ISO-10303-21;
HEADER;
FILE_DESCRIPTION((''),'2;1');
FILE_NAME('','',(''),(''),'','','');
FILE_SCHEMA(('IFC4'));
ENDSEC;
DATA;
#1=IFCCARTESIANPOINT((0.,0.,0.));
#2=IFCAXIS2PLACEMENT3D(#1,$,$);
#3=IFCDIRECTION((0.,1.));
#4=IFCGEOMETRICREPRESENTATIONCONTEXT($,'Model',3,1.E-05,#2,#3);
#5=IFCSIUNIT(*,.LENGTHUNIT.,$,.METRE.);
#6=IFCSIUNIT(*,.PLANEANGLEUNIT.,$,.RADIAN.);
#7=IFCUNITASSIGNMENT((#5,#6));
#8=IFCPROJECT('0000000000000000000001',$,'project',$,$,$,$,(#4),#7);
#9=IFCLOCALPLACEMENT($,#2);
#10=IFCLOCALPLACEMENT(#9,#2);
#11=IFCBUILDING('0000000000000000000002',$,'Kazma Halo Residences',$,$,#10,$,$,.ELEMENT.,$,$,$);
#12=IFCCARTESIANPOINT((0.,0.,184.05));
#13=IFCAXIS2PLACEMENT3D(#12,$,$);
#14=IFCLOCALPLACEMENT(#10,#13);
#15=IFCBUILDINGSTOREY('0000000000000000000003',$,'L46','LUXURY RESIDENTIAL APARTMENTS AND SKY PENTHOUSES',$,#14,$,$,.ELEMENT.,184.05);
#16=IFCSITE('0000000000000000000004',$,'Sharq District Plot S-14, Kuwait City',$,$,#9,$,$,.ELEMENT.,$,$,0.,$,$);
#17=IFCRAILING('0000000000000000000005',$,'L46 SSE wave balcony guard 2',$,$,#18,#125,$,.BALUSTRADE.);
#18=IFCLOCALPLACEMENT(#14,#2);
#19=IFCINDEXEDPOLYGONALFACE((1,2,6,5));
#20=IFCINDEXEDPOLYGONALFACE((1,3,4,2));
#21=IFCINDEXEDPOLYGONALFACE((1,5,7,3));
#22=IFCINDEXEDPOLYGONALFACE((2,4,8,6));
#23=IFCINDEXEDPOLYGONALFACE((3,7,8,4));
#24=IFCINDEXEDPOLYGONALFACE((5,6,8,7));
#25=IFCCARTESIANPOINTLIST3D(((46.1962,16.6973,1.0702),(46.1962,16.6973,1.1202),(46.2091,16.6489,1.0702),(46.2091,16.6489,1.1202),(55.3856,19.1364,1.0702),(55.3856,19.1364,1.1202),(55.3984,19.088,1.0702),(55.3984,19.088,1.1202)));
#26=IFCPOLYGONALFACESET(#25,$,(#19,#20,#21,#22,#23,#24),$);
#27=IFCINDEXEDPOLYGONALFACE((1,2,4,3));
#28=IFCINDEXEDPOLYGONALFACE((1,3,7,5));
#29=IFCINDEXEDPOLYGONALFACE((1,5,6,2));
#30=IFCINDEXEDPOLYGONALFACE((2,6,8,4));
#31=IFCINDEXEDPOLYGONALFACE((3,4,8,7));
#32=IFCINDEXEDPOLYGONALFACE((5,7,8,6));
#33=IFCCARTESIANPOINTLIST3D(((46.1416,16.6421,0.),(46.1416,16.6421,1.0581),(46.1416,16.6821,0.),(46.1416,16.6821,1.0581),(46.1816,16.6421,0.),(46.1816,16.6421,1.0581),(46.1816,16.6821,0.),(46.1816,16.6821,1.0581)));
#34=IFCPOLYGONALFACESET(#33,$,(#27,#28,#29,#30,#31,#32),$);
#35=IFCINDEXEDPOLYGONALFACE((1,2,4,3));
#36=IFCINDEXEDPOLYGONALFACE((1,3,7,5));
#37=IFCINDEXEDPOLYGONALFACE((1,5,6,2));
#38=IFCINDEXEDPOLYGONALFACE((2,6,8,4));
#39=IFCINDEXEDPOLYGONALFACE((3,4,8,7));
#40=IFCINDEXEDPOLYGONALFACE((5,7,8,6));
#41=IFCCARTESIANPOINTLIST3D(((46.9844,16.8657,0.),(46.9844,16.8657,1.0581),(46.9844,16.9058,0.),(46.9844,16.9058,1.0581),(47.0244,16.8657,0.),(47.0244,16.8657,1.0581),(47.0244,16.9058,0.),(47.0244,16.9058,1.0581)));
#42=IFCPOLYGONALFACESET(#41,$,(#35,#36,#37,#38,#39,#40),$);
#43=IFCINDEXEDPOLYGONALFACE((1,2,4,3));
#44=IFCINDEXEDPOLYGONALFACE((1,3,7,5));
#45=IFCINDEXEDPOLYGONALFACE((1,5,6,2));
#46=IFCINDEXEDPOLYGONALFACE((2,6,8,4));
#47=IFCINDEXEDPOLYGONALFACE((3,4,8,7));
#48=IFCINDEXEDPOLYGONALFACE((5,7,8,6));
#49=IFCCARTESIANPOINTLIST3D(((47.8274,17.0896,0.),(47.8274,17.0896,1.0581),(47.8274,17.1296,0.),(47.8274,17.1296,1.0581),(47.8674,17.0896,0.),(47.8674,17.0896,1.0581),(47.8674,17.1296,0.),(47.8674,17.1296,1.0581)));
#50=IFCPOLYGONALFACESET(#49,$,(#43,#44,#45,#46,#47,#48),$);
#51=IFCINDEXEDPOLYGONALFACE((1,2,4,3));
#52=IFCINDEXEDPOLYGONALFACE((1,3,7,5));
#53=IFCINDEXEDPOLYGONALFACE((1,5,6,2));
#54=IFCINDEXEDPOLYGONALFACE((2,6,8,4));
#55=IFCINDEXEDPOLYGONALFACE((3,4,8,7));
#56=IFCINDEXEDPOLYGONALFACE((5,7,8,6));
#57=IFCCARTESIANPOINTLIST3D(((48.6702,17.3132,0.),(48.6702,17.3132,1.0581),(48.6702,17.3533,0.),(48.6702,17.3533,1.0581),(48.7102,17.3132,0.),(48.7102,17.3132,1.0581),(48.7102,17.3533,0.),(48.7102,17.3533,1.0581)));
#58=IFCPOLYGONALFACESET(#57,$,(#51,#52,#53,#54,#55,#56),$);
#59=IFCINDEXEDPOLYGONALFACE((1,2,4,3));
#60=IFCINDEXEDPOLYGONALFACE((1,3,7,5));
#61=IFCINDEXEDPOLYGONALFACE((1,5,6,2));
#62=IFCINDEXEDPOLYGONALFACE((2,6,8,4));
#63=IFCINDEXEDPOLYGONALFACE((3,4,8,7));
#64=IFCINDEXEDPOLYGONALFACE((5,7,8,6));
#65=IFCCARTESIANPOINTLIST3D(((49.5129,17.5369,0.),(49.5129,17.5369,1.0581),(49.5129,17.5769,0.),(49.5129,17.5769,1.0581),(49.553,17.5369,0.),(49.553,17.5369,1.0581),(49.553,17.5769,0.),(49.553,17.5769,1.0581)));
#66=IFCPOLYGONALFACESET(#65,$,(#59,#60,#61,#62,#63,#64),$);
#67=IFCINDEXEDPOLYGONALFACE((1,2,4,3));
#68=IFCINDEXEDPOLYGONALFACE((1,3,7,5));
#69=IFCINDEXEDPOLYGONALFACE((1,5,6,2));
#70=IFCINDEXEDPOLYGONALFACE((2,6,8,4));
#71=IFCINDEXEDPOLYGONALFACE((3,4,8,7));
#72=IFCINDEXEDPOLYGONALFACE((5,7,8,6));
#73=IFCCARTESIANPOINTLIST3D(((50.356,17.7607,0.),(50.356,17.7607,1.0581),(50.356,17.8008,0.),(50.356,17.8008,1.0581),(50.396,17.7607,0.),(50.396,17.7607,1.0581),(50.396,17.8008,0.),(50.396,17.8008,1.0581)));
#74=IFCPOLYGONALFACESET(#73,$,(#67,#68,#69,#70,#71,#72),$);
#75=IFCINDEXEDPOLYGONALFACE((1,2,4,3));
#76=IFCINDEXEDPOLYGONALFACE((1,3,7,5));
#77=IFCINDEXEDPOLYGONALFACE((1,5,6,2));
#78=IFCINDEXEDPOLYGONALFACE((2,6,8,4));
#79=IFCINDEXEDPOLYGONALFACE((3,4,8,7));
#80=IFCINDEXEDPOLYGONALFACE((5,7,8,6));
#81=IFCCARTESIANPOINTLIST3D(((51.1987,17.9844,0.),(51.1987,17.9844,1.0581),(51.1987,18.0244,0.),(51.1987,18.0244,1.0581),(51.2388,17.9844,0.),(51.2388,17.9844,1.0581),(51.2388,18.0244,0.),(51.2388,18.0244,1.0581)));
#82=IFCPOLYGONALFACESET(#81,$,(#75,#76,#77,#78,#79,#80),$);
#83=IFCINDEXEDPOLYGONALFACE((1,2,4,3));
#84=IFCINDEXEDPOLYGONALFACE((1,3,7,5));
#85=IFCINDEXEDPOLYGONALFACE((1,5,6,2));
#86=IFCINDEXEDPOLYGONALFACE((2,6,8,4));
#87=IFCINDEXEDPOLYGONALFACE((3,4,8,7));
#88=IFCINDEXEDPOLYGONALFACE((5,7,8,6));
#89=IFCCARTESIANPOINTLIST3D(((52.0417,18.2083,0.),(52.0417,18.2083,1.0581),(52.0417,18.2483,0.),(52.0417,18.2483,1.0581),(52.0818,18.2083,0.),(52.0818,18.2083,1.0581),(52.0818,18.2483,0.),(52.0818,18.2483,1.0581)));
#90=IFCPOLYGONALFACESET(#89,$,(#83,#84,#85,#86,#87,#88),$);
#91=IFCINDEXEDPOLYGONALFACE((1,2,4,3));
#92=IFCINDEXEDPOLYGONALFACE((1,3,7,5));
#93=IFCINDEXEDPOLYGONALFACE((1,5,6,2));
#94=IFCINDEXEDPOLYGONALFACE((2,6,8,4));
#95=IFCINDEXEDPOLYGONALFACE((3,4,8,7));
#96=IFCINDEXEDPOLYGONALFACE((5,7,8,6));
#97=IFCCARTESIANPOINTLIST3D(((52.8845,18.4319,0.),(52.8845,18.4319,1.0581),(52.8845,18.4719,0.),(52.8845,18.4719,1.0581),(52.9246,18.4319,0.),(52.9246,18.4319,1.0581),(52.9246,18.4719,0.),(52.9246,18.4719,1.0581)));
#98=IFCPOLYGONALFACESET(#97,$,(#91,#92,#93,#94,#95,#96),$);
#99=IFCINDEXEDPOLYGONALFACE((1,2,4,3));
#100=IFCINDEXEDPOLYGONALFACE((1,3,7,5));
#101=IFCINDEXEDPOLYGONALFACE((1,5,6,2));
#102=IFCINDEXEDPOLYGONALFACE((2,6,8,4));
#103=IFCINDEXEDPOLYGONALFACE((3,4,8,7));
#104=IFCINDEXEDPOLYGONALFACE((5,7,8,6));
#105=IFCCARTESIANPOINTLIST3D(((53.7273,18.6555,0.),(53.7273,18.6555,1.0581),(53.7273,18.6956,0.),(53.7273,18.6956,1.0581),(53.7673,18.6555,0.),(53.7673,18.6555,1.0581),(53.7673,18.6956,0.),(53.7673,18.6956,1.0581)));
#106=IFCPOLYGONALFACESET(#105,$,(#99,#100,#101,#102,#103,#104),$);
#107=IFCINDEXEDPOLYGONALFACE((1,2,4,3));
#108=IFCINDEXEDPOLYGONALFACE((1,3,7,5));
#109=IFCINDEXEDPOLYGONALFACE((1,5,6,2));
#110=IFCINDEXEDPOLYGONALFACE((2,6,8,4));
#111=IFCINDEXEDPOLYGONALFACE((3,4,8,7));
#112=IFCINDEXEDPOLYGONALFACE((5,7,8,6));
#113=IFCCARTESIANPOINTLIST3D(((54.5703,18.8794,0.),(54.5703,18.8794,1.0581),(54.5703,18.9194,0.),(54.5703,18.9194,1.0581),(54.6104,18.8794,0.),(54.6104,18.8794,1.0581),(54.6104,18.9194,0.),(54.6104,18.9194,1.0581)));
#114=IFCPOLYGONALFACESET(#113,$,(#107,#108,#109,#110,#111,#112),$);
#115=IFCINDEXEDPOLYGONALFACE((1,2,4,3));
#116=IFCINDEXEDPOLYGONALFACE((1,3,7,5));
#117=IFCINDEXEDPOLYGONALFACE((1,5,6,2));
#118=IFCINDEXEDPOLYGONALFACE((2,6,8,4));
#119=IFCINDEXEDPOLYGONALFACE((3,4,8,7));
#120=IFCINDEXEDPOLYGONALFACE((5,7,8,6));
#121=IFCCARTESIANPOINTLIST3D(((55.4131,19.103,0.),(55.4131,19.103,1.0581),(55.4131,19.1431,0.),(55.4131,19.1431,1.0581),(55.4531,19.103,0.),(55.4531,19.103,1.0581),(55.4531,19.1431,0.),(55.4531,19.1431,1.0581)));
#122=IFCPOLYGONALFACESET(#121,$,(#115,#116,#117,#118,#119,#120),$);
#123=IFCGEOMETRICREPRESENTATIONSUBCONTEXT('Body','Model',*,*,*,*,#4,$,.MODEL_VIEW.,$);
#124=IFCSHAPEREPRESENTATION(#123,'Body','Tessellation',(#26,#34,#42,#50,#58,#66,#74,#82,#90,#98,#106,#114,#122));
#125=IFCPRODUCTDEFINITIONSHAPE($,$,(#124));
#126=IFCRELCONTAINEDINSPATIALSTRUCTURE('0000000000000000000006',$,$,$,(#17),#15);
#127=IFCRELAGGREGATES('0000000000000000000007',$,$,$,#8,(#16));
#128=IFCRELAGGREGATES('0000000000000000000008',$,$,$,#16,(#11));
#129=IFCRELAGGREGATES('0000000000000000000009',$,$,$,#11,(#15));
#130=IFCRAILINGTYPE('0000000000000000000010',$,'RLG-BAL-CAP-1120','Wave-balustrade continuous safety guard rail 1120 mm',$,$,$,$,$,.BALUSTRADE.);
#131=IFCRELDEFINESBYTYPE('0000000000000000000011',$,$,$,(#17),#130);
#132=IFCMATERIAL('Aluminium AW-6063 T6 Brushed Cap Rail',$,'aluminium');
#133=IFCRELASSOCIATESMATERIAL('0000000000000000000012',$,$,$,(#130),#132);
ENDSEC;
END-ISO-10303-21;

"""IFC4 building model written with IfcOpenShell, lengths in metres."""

from ifc_helpers import new_model, si_unit, direction, frame, origin, origin_2d, place, context, subcontext, project, spatial, rectangle, extrude, material, type_object, element, save


model = new_model("IFC4")

# Units and contexts
model_context = context("Model", 3, precision=1e-05, world=origin(), true_north=direction((0.0, 1.0)))
body_context = subcontext(model_context, "Body", "Model", "MODEL_VIEW")
ifc_project = project(units=[si_unit("LENGTHUNIT", "METRE"), si_unit("PLANEANGLEUNIT", "RADIAN")], contexts=[model_context])

# Site, building, storey
site_placement = place(None, origin())
site = spatial("IfcSite", under=ifc_project, at=site_placement, Name="Sharq District Plot S-14, Kuwait City", CompositionType="ELEMENT", RefElevation=0.0)
building_placement = place(site_placement, origin())
building = spatial("IfcBuilding", under=site, at=building_placement, Name="Kazma Halo Residences", CompositionType="ELEMENT")
storey_placement = place(building_placement, frame((0.0, 0.0, 184.05)))
storey = spatial("IfcBuildingStorey", under=building, at=storey_placement, Name="L46", Description="LUXURY RESIDENTIAL APARTMENTS AND SKY PENTHOUSES", CompositionType="ELEMENT", Elevation=184.05)

# Railing
ifc_material_1 = material(Name="Aluminium AW-6063 T6 Brushed Cap Rail", Category="aluminium")
railing_type = type_object("IfcRailingType", Name="RLG-BAL-CAP-1120", Description="Wave-balustrade continuous safety guard rail 1120 mm", PredefinedType="BALUSTRADE", material=ifc_material_1)
railing_1_placement = place(storey_placement, frame((46.1616, 16.6621, 0.0)))
element("IfcRailing", 1, at=railing_1_placement, inside=storey, type_object=railing_type, Name="L46 SSE wave balcony guard 2", PredefinedType="BALUSTRADE", context=body_context, shape_type="SweptSolid", body=[
    extrude(rectangle(XDim=0.05, YDim=0.05, at=origin_2d()), frame((0.041, 0.011, 1.0952), z_axis=(0.966532, 0.256547, 0.0), x_axis=(-0.256547, 0.966532, 0.0)), (0.0, 0.0, 1.0), 9.5076),
    extrude(rectangle(XDim=0.04, YDim=0.04, at=origin_2d()), origin(), (0.0, 0.0, 1.0), 1.0581),
    extrude(rectangle(XDim=0.04, YDim=0.04, at=origin_2d()), frame((0.8428, 0.2236, 0.0)), (0.0, 0.0, 1.0), 1.0581),
    extrude(rectangle(XDim=0.04, YDim=0.04, at=origin_2d()), frame((1.6858, 0.4475, 0.0)), (0.0, 0.0, 1.0), 1.0581),
    extrude(rectangle(XDim=0.04, YDim=0.04, at=origin_2d()), frame((2.5286, 0.6711, 0.0)), (0.0, 0.0, 1.0), 1.0581),
    extrude(rectangle(XDim=0.04, YDim=0.04, at=origin_2d()), frame((3.3713, 0.8948, 0.0)), (0.0, 0.0, 1.0), 1.0581),
    extrude(rectangle(XDim=0.04, YDim=0.04, at=origin_2d()), frame((4.2144, 1.1187, 0.0)), (0.0, 0.0, 1.0), 1.0581),
    extrude(rectangle(XDim=0.04, YDim=0.04, at=origin_2d()), frame((5.0571, 1.3423, 0.0)), (0.0, 0.0, 1.0), 1.0581),
    extrude(rectangle(XDim=0.04, YDim=0.04, at=origin_2d()), frame((5.9001, 1.5662, 0.0)), (0.0, 0.0, 1.0), 1.0581),
    extrude(rectangle(XDim=0.04, YDim=0.04, at=origin_2d()), frame((6.7429, 1.7898, 0.0)), (0.0, 0.0, 1.0), 1.0581),
    extrude(rectangle(XDim=0.04, YDim=0.04, at=origin_2d()), frame((7.5857, 2.0134, 0.0)), (0.0, 0.0, 1.0), 1.0581),
    extrude(rectangle(XDim=0.04, YDim=0.04, at=origin_2d()), frame((8.4287, 2.2373, 0.0)), (0.0, 0.0, 1.0), 1.0581),
    extrude(rectangle(XDim=0.04, YDim=0.04, at=origin_2d()), frame((9.2715, 2.4609, 0.0)), (0.0, 0.0, 1.0), 1.0581),
])

save(model, "model.ifc")
